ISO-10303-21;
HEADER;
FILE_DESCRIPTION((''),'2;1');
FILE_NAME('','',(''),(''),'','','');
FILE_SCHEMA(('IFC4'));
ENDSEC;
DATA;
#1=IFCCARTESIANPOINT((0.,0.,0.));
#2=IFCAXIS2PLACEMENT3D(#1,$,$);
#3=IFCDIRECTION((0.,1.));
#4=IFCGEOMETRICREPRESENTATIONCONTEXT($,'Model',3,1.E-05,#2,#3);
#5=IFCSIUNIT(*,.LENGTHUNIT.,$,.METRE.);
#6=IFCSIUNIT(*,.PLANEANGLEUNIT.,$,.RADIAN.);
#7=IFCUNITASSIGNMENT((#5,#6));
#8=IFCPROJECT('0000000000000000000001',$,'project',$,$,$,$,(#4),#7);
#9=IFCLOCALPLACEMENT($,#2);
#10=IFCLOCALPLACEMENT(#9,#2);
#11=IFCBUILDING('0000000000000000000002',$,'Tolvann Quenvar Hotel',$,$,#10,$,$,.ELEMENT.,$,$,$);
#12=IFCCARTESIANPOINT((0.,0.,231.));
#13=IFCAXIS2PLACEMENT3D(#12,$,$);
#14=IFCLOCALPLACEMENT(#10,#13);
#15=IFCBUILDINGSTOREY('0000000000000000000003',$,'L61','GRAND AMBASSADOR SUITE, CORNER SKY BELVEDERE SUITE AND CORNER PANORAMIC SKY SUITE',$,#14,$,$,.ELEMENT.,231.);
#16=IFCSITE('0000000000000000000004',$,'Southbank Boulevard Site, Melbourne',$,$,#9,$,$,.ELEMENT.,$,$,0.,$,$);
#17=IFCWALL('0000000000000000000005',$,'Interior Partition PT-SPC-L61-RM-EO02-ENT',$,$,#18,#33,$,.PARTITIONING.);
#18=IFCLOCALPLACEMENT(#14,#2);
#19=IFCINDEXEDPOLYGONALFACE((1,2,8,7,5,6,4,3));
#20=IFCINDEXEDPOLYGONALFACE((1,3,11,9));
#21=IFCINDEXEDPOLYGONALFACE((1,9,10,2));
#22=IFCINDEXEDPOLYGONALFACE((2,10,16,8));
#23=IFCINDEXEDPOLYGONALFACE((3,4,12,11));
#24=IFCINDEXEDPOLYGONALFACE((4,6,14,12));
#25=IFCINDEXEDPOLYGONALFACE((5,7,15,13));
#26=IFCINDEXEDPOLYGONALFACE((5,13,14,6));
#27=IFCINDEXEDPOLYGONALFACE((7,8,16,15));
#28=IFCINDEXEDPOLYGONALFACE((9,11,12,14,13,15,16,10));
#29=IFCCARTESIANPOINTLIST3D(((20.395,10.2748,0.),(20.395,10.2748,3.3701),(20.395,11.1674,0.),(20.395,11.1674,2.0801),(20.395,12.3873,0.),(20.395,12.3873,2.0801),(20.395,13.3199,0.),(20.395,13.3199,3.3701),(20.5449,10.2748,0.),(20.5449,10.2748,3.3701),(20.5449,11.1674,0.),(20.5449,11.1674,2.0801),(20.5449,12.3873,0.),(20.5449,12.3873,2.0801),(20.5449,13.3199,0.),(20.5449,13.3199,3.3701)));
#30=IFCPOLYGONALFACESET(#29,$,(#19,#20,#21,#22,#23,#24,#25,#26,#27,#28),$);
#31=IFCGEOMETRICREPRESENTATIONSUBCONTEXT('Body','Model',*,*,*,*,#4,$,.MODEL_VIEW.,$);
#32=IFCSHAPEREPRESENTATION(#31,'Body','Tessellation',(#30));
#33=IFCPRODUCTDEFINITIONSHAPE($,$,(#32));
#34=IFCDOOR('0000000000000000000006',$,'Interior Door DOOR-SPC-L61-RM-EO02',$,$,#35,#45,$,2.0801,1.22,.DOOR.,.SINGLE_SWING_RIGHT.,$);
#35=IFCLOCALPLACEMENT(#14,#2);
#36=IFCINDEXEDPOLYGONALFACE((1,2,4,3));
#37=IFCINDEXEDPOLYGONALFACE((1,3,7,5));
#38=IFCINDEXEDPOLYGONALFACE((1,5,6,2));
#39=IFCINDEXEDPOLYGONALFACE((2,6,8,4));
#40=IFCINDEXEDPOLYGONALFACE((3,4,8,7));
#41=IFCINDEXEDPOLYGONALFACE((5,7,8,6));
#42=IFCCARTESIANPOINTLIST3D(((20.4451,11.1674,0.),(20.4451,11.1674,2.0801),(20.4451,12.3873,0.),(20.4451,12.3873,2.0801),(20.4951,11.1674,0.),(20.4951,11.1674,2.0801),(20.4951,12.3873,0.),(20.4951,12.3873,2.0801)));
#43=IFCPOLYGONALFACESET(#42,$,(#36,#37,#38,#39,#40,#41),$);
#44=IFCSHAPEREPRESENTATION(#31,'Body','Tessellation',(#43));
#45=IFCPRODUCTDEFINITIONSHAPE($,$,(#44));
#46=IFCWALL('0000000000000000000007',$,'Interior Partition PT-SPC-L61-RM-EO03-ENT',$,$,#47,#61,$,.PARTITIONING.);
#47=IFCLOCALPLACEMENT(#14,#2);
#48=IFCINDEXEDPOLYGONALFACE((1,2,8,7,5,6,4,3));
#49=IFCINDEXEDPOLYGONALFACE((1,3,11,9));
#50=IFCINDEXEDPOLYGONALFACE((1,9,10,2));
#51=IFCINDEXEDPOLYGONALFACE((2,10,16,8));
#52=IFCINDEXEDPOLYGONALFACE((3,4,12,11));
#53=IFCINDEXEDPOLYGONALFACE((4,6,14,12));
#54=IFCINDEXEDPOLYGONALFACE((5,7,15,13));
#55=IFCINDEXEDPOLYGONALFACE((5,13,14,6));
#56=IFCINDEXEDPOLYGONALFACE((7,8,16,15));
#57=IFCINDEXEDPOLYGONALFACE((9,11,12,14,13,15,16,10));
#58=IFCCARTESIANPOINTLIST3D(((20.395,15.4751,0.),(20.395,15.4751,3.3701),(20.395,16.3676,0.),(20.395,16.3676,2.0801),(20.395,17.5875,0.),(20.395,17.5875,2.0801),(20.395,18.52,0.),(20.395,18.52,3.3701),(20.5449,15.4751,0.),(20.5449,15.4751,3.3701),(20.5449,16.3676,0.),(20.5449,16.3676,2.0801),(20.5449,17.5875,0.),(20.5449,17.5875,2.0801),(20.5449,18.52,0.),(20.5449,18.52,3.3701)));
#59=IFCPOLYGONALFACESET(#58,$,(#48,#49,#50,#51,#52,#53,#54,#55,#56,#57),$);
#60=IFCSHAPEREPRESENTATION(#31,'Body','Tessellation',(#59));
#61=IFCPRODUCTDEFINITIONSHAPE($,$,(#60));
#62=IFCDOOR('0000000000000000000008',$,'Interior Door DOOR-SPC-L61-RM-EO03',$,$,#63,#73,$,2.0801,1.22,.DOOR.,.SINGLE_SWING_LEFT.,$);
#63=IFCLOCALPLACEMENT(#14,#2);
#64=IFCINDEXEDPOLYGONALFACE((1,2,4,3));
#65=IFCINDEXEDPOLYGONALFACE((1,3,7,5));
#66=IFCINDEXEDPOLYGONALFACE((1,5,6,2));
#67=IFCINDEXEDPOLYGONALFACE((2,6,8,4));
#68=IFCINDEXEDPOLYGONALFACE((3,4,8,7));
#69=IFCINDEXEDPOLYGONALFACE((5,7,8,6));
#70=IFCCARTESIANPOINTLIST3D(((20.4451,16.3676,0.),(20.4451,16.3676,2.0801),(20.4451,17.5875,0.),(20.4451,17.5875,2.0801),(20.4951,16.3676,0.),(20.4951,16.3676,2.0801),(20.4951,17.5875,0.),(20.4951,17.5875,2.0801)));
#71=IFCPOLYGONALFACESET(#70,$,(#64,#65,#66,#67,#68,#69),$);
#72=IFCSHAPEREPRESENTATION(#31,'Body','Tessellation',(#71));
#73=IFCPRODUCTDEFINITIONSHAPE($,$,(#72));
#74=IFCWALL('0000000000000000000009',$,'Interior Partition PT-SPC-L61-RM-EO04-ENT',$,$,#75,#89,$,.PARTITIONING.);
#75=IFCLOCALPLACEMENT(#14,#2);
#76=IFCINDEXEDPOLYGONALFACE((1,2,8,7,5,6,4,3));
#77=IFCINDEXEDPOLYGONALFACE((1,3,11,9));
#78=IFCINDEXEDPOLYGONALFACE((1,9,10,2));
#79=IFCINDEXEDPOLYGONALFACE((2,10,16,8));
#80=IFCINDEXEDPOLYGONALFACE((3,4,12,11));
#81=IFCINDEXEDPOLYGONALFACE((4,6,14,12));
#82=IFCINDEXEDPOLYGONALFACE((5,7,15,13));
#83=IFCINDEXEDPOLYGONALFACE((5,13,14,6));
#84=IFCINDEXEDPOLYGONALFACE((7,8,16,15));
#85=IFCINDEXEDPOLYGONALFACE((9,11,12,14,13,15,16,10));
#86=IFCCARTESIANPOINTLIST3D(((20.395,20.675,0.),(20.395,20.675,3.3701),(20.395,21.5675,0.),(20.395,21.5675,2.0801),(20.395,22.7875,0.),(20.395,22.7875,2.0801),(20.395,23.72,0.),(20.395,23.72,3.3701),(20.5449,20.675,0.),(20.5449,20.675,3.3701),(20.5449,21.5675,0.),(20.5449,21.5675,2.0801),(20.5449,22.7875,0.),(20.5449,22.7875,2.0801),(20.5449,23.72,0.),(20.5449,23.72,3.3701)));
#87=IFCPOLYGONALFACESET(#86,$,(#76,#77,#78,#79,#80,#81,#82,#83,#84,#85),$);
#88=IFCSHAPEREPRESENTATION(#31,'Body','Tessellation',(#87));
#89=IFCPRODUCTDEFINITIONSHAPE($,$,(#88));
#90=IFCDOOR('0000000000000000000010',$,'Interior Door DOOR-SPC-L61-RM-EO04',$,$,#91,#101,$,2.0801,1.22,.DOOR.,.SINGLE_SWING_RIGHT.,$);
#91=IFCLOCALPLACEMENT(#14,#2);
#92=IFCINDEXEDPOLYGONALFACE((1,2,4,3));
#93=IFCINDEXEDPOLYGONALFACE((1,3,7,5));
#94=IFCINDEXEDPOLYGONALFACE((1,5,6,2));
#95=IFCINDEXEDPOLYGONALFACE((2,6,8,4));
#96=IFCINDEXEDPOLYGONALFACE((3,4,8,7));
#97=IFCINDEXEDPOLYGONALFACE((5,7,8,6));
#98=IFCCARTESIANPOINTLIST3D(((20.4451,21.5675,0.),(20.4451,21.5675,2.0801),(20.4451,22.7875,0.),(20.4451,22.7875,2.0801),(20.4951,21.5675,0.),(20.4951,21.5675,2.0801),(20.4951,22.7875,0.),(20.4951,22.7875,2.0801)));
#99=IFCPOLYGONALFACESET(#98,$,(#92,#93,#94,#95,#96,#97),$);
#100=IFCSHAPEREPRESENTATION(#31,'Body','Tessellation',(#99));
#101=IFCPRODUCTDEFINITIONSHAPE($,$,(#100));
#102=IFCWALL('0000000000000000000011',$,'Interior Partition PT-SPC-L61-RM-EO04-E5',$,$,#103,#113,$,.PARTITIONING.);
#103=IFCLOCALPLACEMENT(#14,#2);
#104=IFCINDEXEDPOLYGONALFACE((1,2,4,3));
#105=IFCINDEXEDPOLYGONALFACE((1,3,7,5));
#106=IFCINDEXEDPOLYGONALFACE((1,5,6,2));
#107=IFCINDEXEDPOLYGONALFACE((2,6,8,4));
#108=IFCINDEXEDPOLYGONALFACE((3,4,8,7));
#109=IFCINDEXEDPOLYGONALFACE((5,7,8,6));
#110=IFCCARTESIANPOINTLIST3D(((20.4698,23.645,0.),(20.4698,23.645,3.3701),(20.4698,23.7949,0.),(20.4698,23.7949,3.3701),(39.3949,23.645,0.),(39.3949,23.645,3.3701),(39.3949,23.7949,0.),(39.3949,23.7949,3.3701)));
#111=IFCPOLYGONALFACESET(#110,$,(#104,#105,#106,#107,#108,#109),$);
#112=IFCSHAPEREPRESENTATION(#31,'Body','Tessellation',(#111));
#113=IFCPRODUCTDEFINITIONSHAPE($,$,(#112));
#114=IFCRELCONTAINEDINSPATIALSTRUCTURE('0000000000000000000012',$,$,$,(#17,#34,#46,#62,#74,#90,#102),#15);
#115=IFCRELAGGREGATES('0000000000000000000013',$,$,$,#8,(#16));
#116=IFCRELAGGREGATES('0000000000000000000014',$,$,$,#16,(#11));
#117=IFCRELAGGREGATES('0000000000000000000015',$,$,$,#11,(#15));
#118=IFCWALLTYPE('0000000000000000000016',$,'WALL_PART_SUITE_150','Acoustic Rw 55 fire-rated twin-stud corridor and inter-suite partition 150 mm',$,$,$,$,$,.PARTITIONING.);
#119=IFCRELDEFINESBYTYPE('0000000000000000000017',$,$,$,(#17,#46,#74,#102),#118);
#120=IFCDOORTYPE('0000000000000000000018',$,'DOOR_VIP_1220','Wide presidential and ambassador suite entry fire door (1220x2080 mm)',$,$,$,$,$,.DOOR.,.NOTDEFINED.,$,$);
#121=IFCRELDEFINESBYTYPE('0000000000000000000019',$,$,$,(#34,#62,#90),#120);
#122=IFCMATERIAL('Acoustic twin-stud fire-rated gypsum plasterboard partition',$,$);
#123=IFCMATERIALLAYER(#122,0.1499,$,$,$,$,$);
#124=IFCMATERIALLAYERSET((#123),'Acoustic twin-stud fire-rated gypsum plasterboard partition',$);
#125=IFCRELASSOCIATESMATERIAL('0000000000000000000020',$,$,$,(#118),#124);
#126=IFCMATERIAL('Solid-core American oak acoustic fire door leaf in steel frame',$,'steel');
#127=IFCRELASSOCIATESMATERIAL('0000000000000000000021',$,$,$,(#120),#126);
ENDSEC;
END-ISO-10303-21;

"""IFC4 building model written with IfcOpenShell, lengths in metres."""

from ifc_helpers import new_model, si_unit, direction, frame, frame_2d, origin, place, context, subcontext, project, spatial, rectangle, extrude, source, transform, mapped, material, layer, layer_set, type_object, type_shapes, element, fill, save


model = new_model("IFC4")

# Units and contexts
model_context = context("Model", 3, precision=1e-05, world=origin(), true_north=direction((0.0, 1.0)))
body_context = subcontext(model_context, "Body", "Model", "MODEL_VIEW")
ifc_project = project(units=[si_unit("LENGTHUNIT", "METRE"), si_unit("PLANEANGLEUNIT", "RADIAN")], contexts=[model_context])

# Site, building, storey
site_placement = place(None, origin())
site = spatial("IfcSite", under=ifc_project, at=site_placement, Name="Southbank Boulevard Site, Melbourne", CompositionType="ELEMENT", RefElevation=0.0)
building_placement = place(site_placement, origin())
building = spatial("IfcBuilding", under=site, at=building_placement, Name="Tolvann Quenvar Hotel", CompositionType="ELEMENT")
storey_placement = place(building_placement, frame((0.0, 0.0, 231.0)))
storey = spatial("IfcBuildingStorey", under=building, at=storey_placement, Name="L61", Description="GRAND AMBASSADOR SUITE, CORNER SKY BELVEDERE SUITE AND CORNER PANORAMIC SKY SUITE", CompositionType="ELEMENT", Elevation=231.0)

# Shared definitions
ifc_material_1 = material(Name="Acoustic twin-stud fire-rated gypsum plasterboard partition")
ifc_layer_1 = layer(ifc_material_1, 0.1499)
ifc_layer_set_1 = layer_set([ifc_layer_1], Name="Acoustic twin-stud fire-rated gypsum plasterboard partition")
wall_type_1 = type_object("IfcWallType", Name="WALL_PART_SUITE_150", Description="Acoustic Rw 55 fire-rated twin-stud corridor and inter-suite partition 150 mm", PredefinedType="PARTITIONING", material=ifc_layer_set_1)

# Walls, openings, doors
wall_1_placement = place(storey_placement, frame((20.47, 10.2749, 0.0), z_axis=(0.0, 0.0, 1.0), x_axis=(0.0, 1.0, 0.0)))
wall_1 = element("IfcWall", 1, at=wall_1_placement, inside=storey, type_object=wall_type_1, Name="Interior Partition PT-SPC-L61-RM-EO02-ENT", PredefinedType="PARTITIONING", context=body_context, shape_type="SweptSolid", body=[
    extrude(rectangle(XDim=3.0452, YDim=0.1499, at=frame_2d((1.5225, 0.0))), origin(), (0.0, 0.0, 1.0), 3.3701),
])
opening_1_placement = place(wall_1_placement, frame((0.8926, 0.0, 0.0)))
opening_1 = element("IfcOpeningElement", 2, at=opening_1_placement, cuts=wall_1, PredefinedType="OPENING", context=body_context, shape_type="SweptSolid", body=[
    extrude(rectangle(XDim=1.22, YDim=2.0801, at=frame_2d((0.6099, 1.04))), frame((0.0, 0.085, 0.0), z_axis=(0.0, -1.0, 0.0), x_axis=(1.0, 0.0, 0.0)), (0.0, 0.0, 1.0), 0.1699),
])
ifc_material_2 = material(Name="Solid-core American oak acoustic fire door leaf in steel frame", Category="steel")
door_type = type_object("IfcDoorType", Name="DOOR_VIP_1220", Description="Wide presidential and ambassador suite entry fire door (1220x2080 mm)", OperationType="NOTDEFINED", PredefinedType="DOOR", material=ifc_material_2)
shared_shape_1 = source(origin(), body_context, "Body", "SweptSolid", [
    extrude(rectangle(XDim=1.22, YDim=2.0801, at=frame_2d((0.6099, 1.04))), frame((0.0, 0.0249, 0.0), z_axis=(0.0, -1.0, 0.0), x_axis=(1.0, 0.0, 0.0)), (0.0, 0.0, 1.0), 0.05),
])
type_shapes(door_type, [shared_shape_1])
door_1_placement = place(opening_1_placement, origin())
door_1 = element("IfcDoor", 3, at=door_1_placement, inside=storey, type_object=door_type, Name="Interior Door DOOR-SPC-L61-RM-EO02", OperationType="SINGLE_SWING_RIGHT", OverallHeight=2.0801, OverallWidth=1.22, PredefinedType="DOOR", context=body_context, shape_type="MappedRepresentation", body=[
    mapped(shared_shape_1, transform((0.0, 0.0, 0.0), x_axis=(1.0, 0.0, 0.0), y_axis=(0.0, 1.0, 0.0), z_axis=(0.0, 0.0, 1.0), scale=1.0)),
])
fill(opening_1, door_1)
wall_2_placement = place(storey_placement, frame((20.47, 15.4751, 0.0), z_axis=(0.0, 0.0, 1.0), x_axis=(0.0, 1.0, 0.0)))
wall_2 = element("IfcWall", 4, at=wall_2_placement, inside=storey, type_object=wall_type_1, Name="Interior Partition PT-SPC-L61-RM-EO03-ENT", PredefinedType="PARTITIONING", context=body_context, shape_type="SweptSolid", body=[
    extrude(rectangle(XDim=3.0449, YDim=0.1499, at=frame_2d((1.5225, 0.0))), origin(), (0.0, 0.0, 1.0), 3.3701),
])
opening_2_placement = place(wall_2_placement, frame((0.8926, 0.0, 0.0)))
opening_2 = element("IfcOpeningElement", 5, at=opening_2_placement, cuts=wall_2, PredefinedType="OPENING", context=body_context, shape_type="SweptSolid", body=[
    extrude(rectangle(XDim=1.22, YDim=2.0801, at=frame_2d((0.6099, 1.04))), frame((0.0, 0.085, 0.0), z_axis=(0.0, -1.0, 0.0), x_axis=(1.0, 0.0, 0.0)), (0.0, 0.0, 1.0), 0.1699),
])
door_2_placement = place(opening_2_placement, origin())
door_2 = element("IfcDoor", 6, at=door_2_placement, inside=storey, type_object=door_type, Name="Interior Door DOOR-SPC-L61-RM-EO03", OperationType="SINGLE_SWING_LEFT", OverallHeight=2.0801, OverallWidth=1.22, PredefinedType="DOOR", context=body_context, shape_type="MappedRepresentation", body=[
    mapped(shared_shape_1, transform((0.0, 0.0, 0.0), x_axis=(1.0, 0.0, 0.0), y_axis=(0.0, 1.0, 0.0), z_axis=(0.0, 0.0, 1.0), scale=1.0)),
])
fill(opening_2, door_2)
wall_3_placement = place(storey_placement, frame((20.47, 20.675, 0.0), z_axis=(0.0, 0.0, 1.0), x_axis=(0.0, 1.0, 0.0)))
wall_3 = element("IfcWall", 7, at=wall_3_placement, inside=storey, type_object=wall_type_1, Name="Interior Partition PT-SPC-L61-RM-EO04-ENT", PredefinedType="PARTITIONING", context=body_context, shape_type="SweptSolid", body=[
    extrude(rectangle(XDim=3.0449, YDim=0.1499, at=frame_2d((1.5225, 0.0))), origin(), (0.0, 0.0, 1.0), 3.3701),
])
opening_3_placement = place(wall_3_placement, frame((0.8926, 0.0, 0.0)))
opening_3 = element("IfcOpeningElement", 8, at=opening_3_placement, cuts=wall_3, PredefinedType="OPENING", context=body_context, shape_type="SweptSolid", body=[
    extrude(rectangle(XDim=1.22, YDim=2.0801, at=frame_2d((0.6099, 1.04))), frame((0.0, 0.085, 0.0), z_axis=(0.0, -1.0, 0.0), x_axis=(1.0, 0.0, 0.0)), (0.0, 0.0, 1.0), 0.1699),
])
door_3_placement = place(opening_3_placement, origin())
door_3 = element("IfcDoor", 9, at=door_3_placement, inside=storey, type_object=door_type, Name="Interior Door DOOR-SPC-L61-RM-EO04", OperationType="SINGLE_SWING_RIGHT", OverallHeight=2.0801, OverallWidth=1.22, PredefinedType="DOOR", context=body_context, shape_type="MappedRepresentation", body=[
    mapped(shared_shape_1, transform((0.0, 0.0, 0.0), x_axis=(1.0, 0.0, 0.0), y_axis=(0.0, 1.0, 0.0), z_axis=(0.0, 0.0, 1.0), scale=1.0)),
])
fill(opening_3, door_3)

# Wall
wall_4_placement = place(storey_placement, frame((20.47, 23.72, 0.0), z_axis=(0.0, 0.0, 1.0), x_axis=(1.0, 0.0, 0.0)))
element("IfcWall", 10, at=wall_4_placement, inside=storey, type_object=wall_type_1, Name="Interior Partition PT-SPC-L61-RM-EO04-E5", PredefinedType="PARTITIONING", context=body_context, shape_type="SweptSolid", body=[
    extrude(rectangle(XDim=18.925, YDim=0.1499, at=frame_2d((9.4624, 0.0))), origin(), (0.0, 0.0, 1.0), 3.3701),
])

save(model, "model.ifc")
